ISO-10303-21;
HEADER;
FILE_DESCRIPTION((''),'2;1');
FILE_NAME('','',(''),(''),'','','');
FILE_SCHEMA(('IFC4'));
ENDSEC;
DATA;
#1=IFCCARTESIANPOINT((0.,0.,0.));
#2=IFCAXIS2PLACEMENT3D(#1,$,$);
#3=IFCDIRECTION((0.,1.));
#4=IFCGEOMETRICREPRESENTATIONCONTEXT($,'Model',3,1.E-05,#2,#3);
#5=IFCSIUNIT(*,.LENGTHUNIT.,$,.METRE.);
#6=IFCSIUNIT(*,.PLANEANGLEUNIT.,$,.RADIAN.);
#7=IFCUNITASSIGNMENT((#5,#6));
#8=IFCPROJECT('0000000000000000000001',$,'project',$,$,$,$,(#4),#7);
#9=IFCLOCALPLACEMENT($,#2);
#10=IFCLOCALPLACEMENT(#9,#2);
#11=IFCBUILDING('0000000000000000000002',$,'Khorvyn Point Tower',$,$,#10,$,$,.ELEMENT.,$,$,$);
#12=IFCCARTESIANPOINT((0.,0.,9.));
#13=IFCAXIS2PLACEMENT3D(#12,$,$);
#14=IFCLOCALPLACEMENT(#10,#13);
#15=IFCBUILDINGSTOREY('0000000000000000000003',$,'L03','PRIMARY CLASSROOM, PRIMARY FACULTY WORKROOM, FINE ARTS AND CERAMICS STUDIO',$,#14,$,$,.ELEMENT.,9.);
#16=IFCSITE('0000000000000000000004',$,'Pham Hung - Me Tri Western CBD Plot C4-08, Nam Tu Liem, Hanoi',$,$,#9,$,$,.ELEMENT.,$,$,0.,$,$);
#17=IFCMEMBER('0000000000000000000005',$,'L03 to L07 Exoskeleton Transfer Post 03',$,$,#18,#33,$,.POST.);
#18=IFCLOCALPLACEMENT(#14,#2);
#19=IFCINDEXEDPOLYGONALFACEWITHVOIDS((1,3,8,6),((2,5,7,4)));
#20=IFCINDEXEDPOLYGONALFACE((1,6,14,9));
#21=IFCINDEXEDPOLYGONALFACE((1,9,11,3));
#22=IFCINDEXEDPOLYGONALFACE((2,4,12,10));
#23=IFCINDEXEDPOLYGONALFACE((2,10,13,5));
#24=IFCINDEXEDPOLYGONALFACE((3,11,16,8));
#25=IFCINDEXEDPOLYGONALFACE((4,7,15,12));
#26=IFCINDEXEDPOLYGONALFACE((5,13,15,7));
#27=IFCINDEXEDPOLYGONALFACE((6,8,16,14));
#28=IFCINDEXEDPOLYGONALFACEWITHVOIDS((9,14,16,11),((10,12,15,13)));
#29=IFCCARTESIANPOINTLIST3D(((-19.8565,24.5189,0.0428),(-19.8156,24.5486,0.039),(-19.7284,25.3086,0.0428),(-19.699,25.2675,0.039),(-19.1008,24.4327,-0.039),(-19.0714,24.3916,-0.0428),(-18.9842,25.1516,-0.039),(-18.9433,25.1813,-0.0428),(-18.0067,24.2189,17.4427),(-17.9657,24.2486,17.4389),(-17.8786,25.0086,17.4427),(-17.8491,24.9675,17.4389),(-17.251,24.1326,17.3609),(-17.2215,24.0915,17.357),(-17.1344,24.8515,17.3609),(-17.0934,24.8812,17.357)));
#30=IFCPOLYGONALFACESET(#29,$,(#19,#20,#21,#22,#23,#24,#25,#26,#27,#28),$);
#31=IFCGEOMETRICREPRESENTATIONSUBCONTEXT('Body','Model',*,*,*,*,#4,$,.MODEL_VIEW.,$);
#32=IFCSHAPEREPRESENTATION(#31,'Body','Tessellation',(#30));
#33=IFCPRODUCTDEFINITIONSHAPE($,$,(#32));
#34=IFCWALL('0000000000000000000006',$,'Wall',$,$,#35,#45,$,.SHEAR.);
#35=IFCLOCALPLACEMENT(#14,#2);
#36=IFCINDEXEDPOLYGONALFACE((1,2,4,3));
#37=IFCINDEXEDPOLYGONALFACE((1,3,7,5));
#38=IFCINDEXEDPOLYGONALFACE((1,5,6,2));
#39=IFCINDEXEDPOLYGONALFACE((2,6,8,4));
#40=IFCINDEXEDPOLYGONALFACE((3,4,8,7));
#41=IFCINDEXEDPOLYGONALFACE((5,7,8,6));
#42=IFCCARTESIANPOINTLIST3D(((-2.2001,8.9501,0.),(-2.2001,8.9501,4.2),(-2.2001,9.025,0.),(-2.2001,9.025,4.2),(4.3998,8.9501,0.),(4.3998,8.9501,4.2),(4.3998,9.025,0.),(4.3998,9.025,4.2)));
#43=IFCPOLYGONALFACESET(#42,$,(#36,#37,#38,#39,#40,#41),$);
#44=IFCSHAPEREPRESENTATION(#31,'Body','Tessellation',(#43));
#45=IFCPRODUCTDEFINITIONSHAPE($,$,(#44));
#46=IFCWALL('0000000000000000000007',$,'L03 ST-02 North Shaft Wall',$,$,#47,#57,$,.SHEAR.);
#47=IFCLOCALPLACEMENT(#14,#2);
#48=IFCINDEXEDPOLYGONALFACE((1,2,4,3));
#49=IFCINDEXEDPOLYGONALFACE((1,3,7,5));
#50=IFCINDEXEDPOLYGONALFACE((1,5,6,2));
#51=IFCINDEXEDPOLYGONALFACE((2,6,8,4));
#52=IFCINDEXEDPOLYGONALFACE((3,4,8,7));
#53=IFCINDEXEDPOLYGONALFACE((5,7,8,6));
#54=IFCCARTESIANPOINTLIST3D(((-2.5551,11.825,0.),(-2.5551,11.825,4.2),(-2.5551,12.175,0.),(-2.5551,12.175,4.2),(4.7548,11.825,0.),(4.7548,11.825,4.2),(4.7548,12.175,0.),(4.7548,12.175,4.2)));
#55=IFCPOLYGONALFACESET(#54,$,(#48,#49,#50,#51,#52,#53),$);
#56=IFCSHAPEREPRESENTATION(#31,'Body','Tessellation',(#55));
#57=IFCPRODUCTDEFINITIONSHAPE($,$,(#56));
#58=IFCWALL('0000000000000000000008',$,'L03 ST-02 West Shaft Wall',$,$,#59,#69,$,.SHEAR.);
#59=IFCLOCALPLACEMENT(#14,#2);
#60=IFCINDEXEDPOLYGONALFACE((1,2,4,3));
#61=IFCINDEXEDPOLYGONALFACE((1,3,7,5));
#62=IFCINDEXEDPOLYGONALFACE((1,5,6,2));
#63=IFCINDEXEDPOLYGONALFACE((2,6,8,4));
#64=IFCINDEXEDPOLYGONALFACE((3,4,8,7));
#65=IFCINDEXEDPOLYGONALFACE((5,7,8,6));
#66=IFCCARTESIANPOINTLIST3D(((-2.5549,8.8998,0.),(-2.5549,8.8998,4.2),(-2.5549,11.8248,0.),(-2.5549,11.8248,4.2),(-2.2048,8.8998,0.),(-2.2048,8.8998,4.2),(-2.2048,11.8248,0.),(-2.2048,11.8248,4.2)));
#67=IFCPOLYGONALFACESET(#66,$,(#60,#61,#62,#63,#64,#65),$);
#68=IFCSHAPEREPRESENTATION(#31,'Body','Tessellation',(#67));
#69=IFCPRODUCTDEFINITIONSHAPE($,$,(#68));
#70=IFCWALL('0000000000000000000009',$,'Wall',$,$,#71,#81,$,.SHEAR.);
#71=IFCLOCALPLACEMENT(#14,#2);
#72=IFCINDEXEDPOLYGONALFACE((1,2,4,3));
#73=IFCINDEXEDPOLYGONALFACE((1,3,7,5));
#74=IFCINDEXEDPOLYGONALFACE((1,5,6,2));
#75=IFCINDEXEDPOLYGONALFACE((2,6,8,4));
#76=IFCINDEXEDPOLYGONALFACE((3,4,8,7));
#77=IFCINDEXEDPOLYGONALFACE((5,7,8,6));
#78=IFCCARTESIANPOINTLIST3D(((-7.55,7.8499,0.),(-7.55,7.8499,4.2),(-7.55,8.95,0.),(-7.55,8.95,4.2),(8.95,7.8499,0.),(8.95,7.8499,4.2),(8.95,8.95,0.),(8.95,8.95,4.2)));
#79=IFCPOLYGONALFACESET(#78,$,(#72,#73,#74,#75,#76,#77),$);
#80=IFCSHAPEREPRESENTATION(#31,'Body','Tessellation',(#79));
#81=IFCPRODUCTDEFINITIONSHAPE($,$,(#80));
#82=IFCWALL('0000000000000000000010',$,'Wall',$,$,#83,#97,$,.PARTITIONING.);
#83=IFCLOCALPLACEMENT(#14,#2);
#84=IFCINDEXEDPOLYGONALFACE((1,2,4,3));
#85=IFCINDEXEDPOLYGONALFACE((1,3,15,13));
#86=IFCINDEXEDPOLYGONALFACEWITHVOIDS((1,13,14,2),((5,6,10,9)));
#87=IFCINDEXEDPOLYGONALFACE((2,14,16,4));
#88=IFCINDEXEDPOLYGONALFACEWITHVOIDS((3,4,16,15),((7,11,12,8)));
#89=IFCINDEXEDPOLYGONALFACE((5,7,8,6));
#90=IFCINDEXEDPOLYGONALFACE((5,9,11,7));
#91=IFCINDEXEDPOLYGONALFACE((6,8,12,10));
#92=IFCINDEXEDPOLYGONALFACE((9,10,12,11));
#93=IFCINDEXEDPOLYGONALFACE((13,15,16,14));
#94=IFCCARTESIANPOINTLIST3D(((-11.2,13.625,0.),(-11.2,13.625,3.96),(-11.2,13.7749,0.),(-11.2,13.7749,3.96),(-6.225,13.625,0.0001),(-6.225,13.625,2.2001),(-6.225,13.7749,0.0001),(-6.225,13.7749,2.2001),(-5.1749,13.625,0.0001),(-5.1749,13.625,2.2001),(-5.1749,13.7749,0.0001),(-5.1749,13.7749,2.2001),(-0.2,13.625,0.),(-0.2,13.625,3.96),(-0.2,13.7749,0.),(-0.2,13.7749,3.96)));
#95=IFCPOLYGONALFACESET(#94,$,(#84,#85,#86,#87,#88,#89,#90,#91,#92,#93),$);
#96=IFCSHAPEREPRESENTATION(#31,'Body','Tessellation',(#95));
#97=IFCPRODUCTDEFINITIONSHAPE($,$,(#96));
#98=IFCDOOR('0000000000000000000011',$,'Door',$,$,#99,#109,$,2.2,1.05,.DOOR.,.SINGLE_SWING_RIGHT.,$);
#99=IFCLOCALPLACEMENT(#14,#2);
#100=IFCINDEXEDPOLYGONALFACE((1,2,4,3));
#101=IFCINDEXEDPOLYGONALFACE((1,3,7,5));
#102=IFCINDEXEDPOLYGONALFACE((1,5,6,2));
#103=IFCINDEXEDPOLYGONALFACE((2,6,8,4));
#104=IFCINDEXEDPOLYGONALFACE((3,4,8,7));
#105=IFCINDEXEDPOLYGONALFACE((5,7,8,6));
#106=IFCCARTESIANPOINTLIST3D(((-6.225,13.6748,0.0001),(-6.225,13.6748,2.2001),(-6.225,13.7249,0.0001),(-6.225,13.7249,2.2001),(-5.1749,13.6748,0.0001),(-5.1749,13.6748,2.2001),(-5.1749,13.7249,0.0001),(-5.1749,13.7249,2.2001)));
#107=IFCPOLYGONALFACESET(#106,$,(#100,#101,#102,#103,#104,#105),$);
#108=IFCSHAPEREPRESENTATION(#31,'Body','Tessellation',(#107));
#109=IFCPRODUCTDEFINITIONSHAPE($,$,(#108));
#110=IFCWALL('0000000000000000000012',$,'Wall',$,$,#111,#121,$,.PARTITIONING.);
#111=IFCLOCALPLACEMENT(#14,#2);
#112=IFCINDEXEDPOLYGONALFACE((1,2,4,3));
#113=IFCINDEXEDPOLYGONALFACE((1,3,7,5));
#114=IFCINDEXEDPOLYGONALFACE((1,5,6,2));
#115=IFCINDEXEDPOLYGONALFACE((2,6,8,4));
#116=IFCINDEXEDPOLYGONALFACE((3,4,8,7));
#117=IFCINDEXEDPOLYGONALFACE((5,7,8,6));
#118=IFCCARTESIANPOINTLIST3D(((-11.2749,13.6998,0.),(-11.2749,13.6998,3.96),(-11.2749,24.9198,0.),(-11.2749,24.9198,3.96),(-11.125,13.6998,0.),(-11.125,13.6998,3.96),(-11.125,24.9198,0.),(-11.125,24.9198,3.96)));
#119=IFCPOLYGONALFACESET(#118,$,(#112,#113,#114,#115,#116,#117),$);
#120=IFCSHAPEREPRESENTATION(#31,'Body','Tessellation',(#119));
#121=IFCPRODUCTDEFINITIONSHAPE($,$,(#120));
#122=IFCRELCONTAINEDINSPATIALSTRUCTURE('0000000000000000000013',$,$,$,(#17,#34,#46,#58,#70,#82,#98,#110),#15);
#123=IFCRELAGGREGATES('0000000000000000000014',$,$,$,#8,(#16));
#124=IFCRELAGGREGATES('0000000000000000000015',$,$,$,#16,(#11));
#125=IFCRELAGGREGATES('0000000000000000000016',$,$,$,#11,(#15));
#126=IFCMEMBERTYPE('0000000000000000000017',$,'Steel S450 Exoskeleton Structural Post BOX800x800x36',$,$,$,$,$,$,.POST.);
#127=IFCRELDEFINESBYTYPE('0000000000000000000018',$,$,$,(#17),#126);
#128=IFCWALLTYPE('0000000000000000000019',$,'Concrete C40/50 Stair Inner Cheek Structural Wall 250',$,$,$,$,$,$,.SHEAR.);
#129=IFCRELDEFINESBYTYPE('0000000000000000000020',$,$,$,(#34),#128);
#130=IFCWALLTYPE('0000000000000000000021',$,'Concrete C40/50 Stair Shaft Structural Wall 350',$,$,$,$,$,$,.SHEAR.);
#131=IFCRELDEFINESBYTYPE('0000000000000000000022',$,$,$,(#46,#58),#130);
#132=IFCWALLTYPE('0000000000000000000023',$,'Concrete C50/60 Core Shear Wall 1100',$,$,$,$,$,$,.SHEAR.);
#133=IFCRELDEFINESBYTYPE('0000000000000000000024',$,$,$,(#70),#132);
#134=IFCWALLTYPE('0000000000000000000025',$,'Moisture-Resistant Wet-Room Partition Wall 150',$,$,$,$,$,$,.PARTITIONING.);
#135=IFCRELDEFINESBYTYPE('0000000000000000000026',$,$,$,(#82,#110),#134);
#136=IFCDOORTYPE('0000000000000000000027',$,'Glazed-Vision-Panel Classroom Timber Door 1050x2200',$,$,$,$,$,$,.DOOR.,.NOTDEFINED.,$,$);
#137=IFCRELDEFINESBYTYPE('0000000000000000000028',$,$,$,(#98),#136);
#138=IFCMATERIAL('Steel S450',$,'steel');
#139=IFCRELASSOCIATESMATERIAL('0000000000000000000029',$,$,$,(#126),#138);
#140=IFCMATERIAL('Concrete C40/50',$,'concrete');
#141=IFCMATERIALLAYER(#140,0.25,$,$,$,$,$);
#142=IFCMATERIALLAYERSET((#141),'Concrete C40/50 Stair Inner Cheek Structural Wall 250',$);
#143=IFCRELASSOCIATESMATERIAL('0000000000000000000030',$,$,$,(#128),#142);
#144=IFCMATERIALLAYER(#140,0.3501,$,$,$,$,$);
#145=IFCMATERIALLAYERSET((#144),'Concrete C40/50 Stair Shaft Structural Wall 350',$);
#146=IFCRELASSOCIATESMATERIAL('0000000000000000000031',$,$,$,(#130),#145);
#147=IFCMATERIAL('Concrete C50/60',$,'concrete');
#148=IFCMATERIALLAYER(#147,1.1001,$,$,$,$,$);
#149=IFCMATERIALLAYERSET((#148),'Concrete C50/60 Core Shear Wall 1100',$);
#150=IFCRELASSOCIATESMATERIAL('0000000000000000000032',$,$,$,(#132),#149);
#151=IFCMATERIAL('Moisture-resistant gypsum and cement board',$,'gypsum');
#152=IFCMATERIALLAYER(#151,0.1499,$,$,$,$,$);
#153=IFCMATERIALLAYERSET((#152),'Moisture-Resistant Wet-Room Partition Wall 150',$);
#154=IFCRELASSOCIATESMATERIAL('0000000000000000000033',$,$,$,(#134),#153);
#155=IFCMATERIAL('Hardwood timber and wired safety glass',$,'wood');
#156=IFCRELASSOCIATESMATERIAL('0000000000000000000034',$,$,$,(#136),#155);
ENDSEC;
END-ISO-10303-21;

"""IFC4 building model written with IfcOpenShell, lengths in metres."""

from ifc_helpers import new_model, si_unit, direction, frame, frame_2d, origin, origin_2d, place, context, subcontext, project, spatial, rectangle, hollow_rectangle, extrude, material, layer, layer_set, material_profile, profile_set, type_object, element, fill, save


model = new_model("IFC4")

# Units and contexts
model_context = context("Model", 3, precision=1e-05, world=origin(), true_north=direction((0.0, 1.0)))
body_context = subcontext(model_context, "Body", "Model", "MODEL_VIEW")
ifc_project = project(units=[si_unit("LENGTHUNIT", "METRE"), si_unit("PLANEANGLEUNIT", "RADIAN")], contexts=[model_context])

# Site, building, storey
site_placement = place(None, origin())
site = spatial("IfcSite", under=ifc_project, at=site_placement, Name="Pham Hung - Me Tri Western CBD Plot C4-08, Nam Tu Liem, Hanoi", CompositionType="ELEMENT", RefElevation=0.0)
building_placement = place(site_placement, origin())
building = spatial("IfcBuilding", under=site, at=building_placement, Name="Khorvyn Point Tower", CompositionType="ELEMENT")
storey_placement = place(building_placement, frame((0.0, 0.0, 9.0)))
storey = spatial("IfcBuildingStorey", under=building, at=storey_placement, Name="L03", Description="PRIMARY CLASSROOM, PRIMARY FACULTY WORKROOM, FINE ARTS AND CERAMICS STUDIO", CompositionType="ELEMENT", Elevation=9.0)

# Shared definitions
ifc_material_1 = material(Name="Concrete C40/50", Category="concrete")
ifc_material_2 = material(Name="Concrete C50/60", Category="concrete")

# Member
ifc_material_3 = material(Name="Steel S450", Category="steel")
ifc_material_profile_1 = material_profile(ifc_material_3, hollow_rectangle(XDim=0.8, YDim=0.8, WallThickness=0.0359, at=origin_2d()))
ifc_profile_set_1 = profile_set([ifc_material_profile_1], Name="Steel S450 BOX800x800x36")
member_type = type_object("IfcMemberType", Name="Steel S450 Exoskeleton Structural Post BOX800x800x36", PredefinedType="POST", material=ifc_profile_set_1)
member_placement = place(storey_placement, frame((-19.3999, 24.8501, 0.0), z_axis=(0.105703, -0.017145, 0.99425), x_axis=(0.160109, 0.987099, 0.0)))
element("IfcMember", 1, at=member_placement, inside=storey, type_object=member_type, Name="L03 to L07 Exoskeleton Transfer Post 03", PredefinedType="POST", context=body_context, shape_type="SweptSolid", body=[
    extrude(hollow_rectangle(XDim=0.8, YDim=0.8, WallThickness=0.0359, at=origin_2d()), origin(), (0.0, 0.0, 1.0), 17.5005),
])

# Walls
ifc_layer_1 = layer(ifc_material_1, 0.25)
ifc_layer_set_1 = layer_set([ifc_layer_1], Name="Concrete C40/50 Stair Inner Cheek Structural Wall 250")
wall_type_1 = type_object("IfcWallType", Name="Concrete C40/50 Stair Inner Cheek Structural Wall 250", PredefinedType="SHEAR", material=ifc_layer_set_1)
wall_1_placement = place(storey_placement, frame((-2.2, 8.9875, 0.0), z_axis=(0.0, 0.0, 1.0), x_axis=(1.0, 0.0, 0.0)))
element("IfcWall", 2, at=wall_1_placement, inside=storey, type_object=wall_type_1, Name="Wall", PredefinedType="SHEAR", context=body_context, shape_type="SweptSolid", body=[
    extrude(rectangle(XDim=6.5999, YDim=0.075, at=frame_2d((3.2998, 0.0))), origin(), (0.0, 0.0, 1.0), 4.2),
])
ifc_layer_2 = layer(ifc_material_1, 0.3501)
ifc_layer_set_2 = layer_set([ifc_layer_2], Name="Concrete C40/50 Stair Shaft Structural Wall 350")
wall_type_2 = type_object("IfcWallType", Name="Concrete C40/50 Stair Shaft Structural Wall 350", PredefinedType="SHEAR", material=ifc_layer_set_2)
wall_2_placement = place(storey_placement, frame((-2.5549, 12.0, 0.0), z_axis=(0.0, 0.0, 1.0), x_axis=(1.0, 0.0, 0.0)))
element("IfcWall", 3, at=wall_2_placement, inside=storey, type_object=wall_type_2, Name="L03 ST-02 North Shaft Wall", PredefinedType="SHEAR", context=body_context, shape_type="SweptSolid", body=[
    extrude(rectangle(XDim=7.3098, YDim=0.3501, at=frame_2d((3.6548, 0.0))), origin(), (0.0, 0.0, 1.0), 4.2),
])
wall_3_placement = place(storey_placement, frame((-2.3799, 8.8999, 0.0), z_axis=(0.0, 0.0, 1.0), x_axis=(0.0, 1.0, 0.0)))
element("IfcWall", 4, at=wall_3_placement, inside=storey, type_object=wall_type_2, Name="L03 ST-02 West Shaft Wall", PredefinedType="SHEAR", context=body_context, shape_type="SweptSolid", body=[
    extrude(rectangle(XDim=2.925, YDim=0.3501, at=frame_2d((1.4624, 0.0))), origin(), (0.0, 0.0, 1.0), 4.2),
])
ifc_layer_3 = layer(ifc_material_2, 1.1001)
ifc_layer_set_3 = layer_set([ifc_layer_3], Name="Concrete C50/60 Core Shear Wall 1100")
wall_type_3 = type_object("IfcWallType", Name="Concrete C50/60 Core Shear Wall 1100", PredefinedType="SHEAR", material=ifc_layer_set_3)
wall_4_placement = place(storey_placement, frame((-7.55, 8.3999, 0.0), z_axis=(0.0, 0.0, 1.0), x_axis=(1.0, 0.0, 0.0)))
element("IfcWall", 5, at=wall_4_placement, inside=storey, type_object=wall_type_3, Name="Wall", PredefinedType="SHEAR", context=body_context, shape_type="SweptSolid", body=[
    extrude(rectangle(XDim=16.5, YDim=1.1001, at=frame_2d((8.25, 0.0))), origin(), (0.0, 0.0, 1.0), 4.2),
])

# Wall, opening, door
ifc_material_4 = material(Name="Moisture-resistant gypsum and cement board", Category="gypsum")
ifc_layer_4 = layer(ifc_material_4, 0.1499)
ifc_layer_set_4 = layer_set([ifc_layer_4], Name="Moisture-Resistant Wet-Room Partition Wall 150")
wall_type_4 = type_object("IfcWallType", Name="Moisture-Resistant Wet-Room Partition Wall 150", PredefinedType="PARTITIONING", material=ifc_layer_set_4)
wall_5_placement = place(storey_placement, frame((-11.2, 13.7, 0.0), z_axis=(0.0, 0.0, 1.0), x_axis=(1.0, 0.0, 0.0)))
wall_5 = element("IfcWall", 6, at=wall_5_placement, inside=storey, type_object=wall_type_4, Name="Wall", PredefinedType="PARTITIONING", context=body_context, shape_type="SweptSolid", body=[
    extrude(rectangle(XDim=11.0, YDim=0.1499, at=frame_2d((5.5, 0.0))), origin(), (0.0, 0.0, 1.0), 3.96),
])
opening_1_placement = place(wall_5_placement, frame((4.9751, 0.0, 0.0)))
opening_1 = element("IfcOpeningElement", 7, at=opening_1_placement, cuts=wall_5, PredefinedType="OPENING", context=body_context, shape_type="SweptSolid", body=[
    extrude(rectangle(XDim=1.05, YDim=2.2, at=frame_2d((0.5249, 1.1001))), frame((0.0, 0.085, 0.0), z_axis=(0.0, -1.0, 0.0), x_axis=(1.0, 0.0, 0.0)), (0.0, 0.0, 1.0), 0.1699),
])
ifc_material_5 = material(Name="Hardwood timber and wired safety glass", Category="wood")
door_type_1 = type_object("IfcDoorType", Name="Glazed-Vision-Panel Classroom Timber Door 1050x2200", OperationType="NOTDEFINED", PredefinedType="DOOR", material=ifc_material_5)
door_1_placement = place(opening_1_placement, origin())
door_1 = element("IfcDoor", 8, at=door_1_placement, inside=storey, type_object=door_type_1, Name="Door", OperationType="SINGLE_SWING_RIGHT", OverallHeight=2.2, OverallWidth=1.05, PredefinedType="DOOR", context=body_context, shape_type="SweptSolid", body=[
    extrude(rectangle(XDim=1.05, YDim=2.2, at=frame_2d((0.5249, 1.1001))), frame((0.0, 0.0249, 0.0), z_axis=(0.0, -1.0, 0.0), x_axis=(1.0, 0.0, 0.0)), (0.0, 0.0, 1.0), 0.05),
])
fill(opening_1, door_1)

# Wall
wall_6_placement = place(storey_placement, frame((-11.2, 13.7, 0.0), z_axis=(0.0, 0.0, 1.0), x_axis=(0.0, 1.0, 0.0)))
element("IfcWall", 9, at=wall_6_placement, inside=storey, type_object=wall_type_4, Name="Wall", PredefinedType="PARTITIONING", context=body_context, shape_type="SweptSolid", body=[
    extrude(rectangle(XDim=11.22, YDim=0.1499, at=frame_2d((5.6099, 0.0))), origin(), (0.0, 0.0, 1.0), 3.96),
])

save(model, "model.ifc")
